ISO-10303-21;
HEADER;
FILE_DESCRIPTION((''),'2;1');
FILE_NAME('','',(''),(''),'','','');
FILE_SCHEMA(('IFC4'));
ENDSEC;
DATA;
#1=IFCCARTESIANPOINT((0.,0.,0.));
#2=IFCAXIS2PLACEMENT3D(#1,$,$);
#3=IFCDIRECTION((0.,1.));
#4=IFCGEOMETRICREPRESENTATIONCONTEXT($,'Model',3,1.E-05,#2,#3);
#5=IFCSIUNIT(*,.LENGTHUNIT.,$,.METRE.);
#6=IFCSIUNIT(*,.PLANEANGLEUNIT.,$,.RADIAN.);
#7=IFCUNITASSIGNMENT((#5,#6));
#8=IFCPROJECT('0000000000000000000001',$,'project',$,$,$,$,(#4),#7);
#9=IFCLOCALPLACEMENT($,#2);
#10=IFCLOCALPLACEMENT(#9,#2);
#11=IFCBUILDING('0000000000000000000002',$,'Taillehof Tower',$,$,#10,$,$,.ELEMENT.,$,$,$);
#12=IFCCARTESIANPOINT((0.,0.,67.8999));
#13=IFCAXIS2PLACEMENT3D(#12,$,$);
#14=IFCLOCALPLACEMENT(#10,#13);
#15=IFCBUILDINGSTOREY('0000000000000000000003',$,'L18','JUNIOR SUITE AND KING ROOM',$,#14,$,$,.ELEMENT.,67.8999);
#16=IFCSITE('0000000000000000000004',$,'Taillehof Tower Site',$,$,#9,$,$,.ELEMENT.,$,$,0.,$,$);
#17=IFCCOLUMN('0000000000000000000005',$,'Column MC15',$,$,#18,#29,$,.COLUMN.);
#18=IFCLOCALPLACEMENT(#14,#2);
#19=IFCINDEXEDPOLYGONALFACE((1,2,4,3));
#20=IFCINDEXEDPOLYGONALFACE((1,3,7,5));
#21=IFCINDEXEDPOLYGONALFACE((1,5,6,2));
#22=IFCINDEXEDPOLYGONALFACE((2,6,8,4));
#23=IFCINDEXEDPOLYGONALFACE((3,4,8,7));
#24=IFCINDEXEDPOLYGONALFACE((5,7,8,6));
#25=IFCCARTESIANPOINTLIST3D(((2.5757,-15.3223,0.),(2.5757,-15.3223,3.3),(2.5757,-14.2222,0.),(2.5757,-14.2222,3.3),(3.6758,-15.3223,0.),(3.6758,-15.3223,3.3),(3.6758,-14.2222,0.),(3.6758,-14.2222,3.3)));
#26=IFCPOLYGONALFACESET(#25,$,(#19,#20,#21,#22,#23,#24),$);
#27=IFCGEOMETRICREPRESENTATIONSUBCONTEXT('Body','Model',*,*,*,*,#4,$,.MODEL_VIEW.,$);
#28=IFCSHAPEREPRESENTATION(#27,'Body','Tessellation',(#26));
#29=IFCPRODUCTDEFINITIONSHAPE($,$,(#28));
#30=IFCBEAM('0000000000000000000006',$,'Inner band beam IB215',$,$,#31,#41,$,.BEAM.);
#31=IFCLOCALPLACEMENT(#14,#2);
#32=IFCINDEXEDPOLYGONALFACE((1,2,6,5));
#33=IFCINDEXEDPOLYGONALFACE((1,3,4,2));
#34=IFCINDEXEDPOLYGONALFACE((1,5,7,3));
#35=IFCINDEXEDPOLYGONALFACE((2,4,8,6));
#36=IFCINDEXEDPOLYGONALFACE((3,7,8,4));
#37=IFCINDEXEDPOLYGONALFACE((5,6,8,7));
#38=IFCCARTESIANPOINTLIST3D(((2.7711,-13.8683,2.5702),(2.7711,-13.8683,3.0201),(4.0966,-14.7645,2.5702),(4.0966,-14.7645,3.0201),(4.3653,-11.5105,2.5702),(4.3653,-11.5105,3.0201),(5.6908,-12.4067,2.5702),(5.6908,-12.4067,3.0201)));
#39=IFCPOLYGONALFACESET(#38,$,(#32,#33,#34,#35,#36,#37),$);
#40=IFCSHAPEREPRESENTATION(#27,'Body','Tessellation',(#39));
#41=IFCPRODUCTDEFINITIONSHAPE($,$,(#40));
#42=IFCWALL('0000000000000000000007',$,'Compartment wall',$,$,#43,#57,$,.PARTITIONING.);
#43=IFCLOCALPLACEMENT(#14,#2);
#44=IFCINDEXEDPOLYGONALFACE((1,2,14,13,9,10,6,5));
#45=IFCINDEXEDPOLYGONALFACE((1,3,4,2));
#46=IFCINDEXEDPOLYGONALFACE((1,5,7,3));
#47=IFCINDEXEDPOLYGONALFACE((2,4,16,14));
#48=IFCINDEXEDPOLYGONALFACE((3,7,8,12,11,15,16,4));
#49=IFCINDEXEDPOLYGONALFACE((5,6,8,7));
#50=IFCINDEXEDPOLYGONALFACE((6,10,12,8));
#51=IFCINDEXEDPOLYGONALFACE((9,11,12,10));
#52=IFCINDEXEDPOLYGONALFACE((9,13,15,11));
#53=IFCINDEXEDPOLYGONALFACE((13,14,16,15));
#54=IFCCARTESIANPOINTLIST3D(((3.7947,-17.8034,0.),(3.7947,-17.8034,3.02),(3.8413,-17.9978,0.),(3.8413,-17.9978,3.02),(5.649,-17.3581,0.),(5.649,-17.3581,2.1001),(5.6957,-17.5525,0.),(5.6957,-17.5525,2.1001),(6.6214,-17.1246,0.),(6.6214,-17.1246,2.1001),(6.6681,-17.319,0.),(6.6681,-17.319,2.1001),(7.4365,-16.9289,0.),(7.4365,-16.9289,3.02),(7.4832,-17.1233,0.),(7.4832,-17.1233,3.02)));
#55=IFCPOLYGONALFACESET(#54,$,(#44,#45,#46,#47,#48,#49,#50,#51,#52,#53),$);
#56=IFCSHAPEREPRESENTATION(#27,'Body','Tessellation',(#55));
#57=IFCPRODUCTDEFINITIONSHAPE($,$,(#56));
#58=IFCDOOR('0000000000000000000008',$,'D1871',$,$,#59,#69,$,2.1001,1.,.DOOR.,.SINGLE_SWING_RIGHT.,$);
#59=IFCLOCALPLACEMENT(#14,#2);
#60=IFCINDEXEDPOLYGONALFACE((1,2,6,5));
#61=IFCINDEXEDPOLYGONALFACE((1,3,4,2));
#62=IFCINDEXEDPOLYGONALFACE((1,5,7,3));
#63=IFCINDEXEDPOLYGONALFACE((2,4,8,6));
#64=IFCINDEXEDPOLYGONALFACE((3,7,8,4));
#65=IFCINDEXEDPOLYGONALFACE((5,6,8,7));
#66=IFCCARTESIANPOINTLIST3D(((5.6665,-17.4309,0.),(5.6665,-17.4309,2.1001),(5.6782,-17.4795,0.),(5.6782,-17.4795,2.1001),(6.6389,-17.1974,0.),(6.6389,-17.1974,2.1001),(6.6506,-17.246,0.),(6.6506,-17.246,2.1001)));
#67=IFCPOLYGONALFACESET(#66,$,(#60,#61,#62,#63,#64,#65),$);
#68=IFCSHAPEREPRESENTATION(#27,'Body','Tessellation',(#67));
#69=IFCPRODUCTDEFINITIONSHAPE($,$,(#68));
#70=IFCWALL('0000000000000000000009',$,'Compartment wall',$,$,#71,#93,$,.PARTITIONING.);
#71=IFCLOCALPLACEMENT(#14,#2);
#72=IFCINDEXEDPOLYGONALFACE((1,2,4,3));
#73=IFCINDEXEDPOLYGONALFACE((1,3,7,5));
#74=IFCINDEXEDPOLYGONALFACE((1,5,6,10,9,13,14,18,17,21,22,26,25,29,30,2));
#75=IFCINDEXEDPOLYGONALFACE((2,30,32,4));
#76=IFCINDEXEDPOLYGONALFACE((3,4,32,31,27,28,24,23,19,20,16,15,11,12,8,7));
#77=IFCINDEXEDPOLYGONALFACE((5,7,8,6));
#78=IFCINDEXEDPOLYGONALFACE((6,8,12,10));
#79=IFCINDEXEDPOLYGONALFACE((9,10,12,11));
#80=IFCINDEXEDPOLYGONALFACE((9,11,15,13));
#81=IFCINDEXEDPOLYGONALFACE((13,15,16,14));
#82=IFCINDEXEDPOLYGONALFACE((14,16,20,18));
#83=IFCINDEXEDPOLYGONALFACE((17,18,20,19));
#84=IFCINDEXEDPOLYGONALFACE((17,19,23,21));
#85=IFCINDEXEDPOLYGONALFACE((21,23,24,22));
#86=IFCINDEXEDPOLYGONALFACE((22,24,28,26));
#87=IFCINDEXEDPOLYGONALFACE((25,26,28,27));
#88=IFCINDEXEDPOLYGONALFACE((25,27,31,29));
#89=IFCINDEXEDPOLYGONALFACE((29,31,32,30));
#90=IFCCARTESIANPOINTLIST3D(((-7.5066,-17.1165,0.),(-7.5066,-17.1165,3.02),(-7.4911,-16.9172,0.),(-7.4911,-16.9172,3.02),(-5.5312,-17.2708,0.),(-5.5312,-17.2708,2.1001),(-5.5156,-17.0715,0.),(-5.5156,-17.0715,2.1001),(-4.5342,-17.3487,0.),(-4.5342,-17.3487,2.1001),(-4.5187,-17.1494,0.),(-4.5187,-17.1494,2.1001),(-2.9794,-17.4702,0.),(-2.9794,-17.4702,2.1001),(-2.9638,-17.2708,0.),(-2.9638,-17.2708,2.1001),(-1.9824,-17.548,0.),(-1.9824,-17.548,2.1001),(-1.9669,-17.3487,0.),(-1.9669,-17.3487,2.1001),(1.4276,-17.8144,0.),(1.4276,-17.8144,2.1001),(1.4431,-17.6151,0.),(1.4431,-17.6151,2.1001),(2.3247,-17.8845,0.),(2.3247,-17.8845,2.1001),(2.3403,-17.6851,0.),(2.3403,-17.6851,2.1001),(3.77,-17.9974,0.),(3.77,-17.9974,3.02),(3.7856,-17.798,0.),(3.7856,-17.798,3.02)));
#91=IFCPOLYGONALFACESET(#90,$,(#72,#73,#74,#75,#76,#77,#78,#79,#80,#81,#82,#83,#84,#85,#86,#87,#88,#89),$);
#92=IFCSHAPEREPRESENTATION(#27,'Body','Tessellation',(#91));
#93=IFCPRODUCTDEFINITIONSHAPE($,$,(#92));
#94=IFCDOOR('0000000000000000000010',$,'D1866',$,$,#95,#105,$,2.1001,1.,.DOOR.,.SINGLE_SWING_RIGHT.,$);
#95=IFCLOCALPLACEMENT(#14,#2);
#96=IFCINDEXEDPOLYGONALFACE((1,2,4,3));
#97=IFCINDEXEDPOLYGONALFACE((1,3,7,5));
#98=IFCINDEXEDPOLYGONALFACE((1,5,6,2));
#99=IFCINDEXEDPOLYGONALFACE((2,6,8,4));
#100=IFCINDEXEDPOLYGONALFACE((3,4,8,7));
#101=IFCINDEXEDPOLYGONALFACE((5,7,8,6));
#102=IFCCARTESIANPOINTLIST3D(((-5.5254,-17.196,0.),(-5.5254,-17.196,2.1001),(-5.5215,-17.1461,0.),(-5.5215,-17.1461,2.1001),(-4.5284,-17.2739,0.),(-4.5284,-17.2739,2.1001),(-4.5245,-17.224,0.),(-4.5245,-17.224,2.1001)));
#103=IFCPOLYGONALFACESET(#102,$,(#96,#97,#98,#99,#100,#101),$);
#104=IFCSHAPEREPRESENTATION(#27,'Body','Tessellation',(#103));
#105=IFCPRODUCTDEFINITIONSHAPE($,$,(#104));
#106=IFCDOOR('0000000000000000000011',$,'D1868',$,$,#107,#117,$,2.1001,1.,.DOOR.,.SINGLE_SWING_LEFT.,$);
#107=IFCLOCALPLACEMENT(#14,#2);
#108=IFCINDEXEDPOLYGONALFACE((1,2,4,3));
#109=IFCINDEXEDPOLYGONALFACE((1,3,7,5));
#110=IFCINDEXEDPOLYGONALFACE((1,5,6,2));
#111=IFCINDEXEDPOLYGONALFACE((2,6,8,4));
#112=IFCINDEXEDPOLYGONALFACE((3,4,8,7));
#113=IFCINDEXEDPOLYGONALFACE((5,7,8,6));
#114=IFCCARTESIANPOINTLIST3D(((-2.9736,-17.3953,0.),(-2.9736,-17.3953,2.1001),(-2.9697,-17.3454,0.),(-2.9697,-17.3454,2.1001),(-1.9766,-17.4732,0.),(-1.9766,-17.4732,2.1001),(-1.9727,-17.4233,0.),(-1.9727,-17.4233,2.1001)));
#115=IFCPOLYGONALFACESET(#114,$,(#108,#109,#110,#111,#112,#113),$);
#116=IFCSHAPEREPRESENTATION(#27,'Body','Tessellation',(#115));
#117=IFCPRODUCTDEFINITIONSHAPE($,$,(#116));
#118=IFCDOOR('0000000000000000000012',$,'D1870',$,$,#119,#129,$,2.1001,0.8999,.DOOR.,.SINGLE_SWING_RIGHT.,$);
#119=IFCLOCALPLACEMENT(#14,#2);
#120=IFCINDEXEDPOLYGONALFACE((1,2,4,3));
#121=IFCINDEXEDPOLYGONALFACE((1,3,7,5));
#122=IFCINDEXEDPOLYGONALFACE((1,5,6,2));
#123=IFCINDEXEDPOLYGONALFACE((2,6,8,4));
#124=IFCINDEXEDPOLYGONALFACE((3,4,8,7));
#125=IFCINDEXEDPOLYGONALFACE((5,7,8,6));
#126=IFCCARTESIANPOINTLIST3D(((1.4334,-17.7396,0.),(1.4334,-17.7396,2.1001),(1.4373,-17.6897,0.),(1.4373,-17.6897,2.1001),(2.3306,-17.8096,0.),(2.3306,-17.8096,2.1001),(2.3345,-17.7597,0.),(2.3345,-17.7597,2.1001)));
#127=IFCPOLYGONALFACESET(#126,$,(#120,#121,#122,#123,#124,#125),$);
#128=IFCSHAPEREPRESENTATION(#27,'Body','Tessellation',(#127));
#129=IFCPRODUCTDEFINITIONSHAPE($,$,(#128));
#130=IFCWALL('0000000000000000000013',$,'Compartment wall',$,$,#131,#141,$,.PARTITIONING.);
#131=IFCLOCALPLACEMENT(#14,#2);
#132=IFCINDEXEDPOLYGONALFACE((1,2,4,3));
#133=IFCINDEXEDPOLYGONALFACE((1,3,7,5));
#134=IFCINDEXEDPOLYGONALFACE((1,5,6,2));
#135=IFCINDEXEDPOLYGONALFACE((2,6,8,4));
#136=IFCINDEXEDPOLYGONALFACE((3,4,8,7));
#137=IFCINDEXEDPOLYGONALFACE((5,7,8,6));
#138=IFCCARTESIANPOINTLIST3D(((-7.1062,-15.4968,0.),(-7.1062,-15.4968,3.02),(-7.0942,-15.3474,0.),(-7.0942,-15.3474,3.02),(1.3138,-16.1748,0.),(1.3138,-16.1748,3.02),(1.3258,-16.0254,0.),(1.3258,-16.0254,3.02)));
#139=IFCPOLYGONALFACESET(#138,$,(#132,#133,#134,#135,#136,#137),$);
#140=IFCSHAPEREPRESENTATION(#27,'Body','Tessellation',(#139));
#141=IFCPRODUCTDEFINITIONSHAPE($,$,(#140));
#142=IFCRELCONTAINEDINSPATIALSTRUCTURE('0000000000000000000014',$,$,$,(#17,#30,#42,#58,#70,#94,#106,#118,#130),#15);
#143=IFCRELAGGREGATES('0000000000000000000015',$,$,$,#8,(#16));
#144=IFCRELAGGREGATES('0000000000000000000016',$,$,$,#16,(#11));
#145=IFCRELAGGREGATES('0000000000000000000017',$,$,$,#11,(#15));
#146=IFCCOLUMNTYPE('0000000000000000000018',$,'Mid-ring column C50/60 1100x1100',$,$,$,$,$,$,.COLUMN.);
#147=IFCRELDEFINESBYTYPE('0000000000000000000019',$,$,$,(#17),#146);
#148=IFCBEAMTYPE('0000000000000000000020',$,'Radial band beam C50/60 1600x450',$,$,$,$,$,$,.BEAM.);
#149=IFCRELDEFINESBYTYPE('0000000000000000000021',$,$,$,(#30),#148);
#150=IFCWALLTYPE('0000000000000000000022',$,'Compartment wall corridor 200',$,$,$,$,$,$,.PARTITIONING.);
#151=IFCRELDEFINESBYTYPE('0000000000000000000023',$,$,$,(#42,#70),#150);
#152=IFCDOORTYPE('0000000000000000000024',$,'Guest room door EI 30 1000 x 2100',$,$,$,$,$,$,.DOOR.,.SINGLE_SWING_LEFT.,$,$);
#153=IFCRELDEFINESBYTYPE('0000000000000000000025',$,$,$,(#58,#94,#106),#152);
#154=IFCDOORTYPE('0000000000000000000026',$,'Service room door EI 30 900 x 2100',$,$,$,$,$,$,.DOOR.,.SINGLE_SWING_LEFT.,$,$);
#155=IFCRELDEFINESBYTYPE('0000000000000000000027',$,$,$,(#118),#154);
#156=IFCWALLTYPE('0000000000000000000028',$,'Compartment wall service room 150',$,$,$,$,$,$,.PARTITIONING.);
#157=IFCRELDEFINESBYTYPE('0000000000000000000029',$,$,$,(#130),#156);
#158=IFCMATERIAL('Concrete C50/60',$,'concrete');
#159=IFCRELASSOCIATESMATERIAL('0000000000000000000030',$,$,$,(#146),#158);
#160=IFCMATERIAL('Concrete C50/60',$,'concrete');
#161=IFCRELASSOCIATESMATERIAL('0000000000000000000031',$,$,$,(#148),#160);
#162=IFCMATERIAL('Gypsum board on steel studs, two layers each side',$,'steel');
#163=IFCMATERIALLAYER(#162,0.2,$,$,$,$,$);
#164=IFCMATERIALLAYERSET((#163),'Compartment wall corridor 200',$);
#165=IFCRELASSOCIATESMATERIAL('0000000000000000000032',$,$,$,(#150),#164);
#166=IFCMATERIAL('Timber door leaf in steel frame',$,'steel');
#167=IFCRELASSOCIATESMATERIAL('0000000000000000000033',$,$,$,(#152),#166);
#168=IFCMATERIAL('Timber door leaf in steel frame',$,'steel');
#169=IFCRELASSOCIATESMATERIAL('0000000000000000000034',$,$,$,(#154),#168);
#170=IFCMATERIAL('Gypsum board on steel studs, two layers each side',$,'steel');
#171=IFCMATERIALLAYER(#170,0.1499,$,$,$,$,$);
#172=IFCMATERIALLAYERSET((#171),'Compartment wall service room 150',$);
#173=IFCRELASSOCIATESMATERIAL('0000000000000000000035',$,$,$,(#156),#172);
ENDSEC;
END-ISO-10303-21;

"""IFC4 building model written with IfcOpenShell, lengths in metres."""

from ifc_helpers import new_model, si_unit, direction, frame, frame_2d, origin, origin_2d, place, context, subcontext, project, spatial, rectangle, extrude, material, layer, layer_set, material_profile, profile_set, type_object, element, fill, save


model = new_model("IFC4")

# Units and contexts
model_context = context("Model", 3, precision=1e-05, world=origin(), true_north=direction((0.0, 1.0)))
body_context = subcontext(model_context, "Body", "Model", "MODEL_VIEW")
ifc_project = project(units=[si_unit("LENGTHUNIT", "METRE"), si_unit("PLANEANGLEUNIT", "RADIAN")], contexts=[model_context])

# Site, building, storey
site_placement = place(None, origin())
site = spatial("IfcSite", under=ifc_project, at=site_placement, Name="Taillehof Tower Site", CompositionType="ELEMENT", RefElevation=0.0)
building_placement = place(site_placement, origin())
building = spatial("IfcBuilding", under=site, at=building_placement, Name="Taillehof Tower", CompositionType="ELEMENT")
storey_placement = place(building_placement, frame((0.0, 0.0, 67.8999)))
storey = spatial("IfcBuildingStorey", under=building, at=storey_placement, Name="L18", Description="JUNIOR SUITE AND KING ROOM", CompositionType="ELEMENT", Elevation=67.8999)

# Column
ifc_material_1 = material(Name="Concrete C50/60", Category="concrete")
ifc_material_profile_1 = material_profile(ifc_material_1, rectangle(XDim=1.1001, YDim=1.1001, at=origin_2d()), Name="RC 1100x1100")
ifc_profile_set_1 = profile_set([ifc_material_profile_1], Name="Concrete C50/60")
column_type = type_object("IfcColumnType", Name="Mid-ring column C50/60 1100x1100", PredefinedType="COLUMN", material=ifc_profile_set_1)
column_placement = place(storey_placement, frame((3.1257, -14.7722, 0.0), z_axis=(0.0, 0.0, 1.0), x_axis=(1.0, 0.0, 0.0)))
element("IfcColumn", 1, at=column_placement, inside=storey, type_object=column_type, Name="Column MC15", PredefinedType="COLUMN", context=body_context, shape_type="SweptSolid", body=[
    extrude(rectangle(XDim=1.1001, YDim=1.1001, at=origin_2d()), origin(), (0.0, 0.0, 1.0), 3.3),
])

# Beam
ifc_material_2 = material(Name="Concrete C50/60", Category="concrete")
ifc_material_profile_2 = material_profile(ifc_material_2, rectangle(XDim=1.6001, YDim=0.45, at=origin_2d()), Name="RC 1600x450")
ifc_profile_set_2 = profile_set([ifc_material_profile_2], Name="Concrete C50/60")
beam_type = type_object("IfcBeamType", Name="Radial band beam C50/60 1600x450", PredefinedType="BEAM", material=ifc_profile_set_2)
beam_placement = place(storey_placement, frame((3.4338, -14.3164, 2.7952), z_axis=(0.560112, 0.828417, 0.0), x_axis=(-0.828417, 0.560112, 0.0)))
element("IfcBeam", 2, at=beam_placement, inside=storey, type_object=beam_type, Name="Inner band beam IB215", PredefinedType="BEAM", context=body_context, shape_type="SweptSolid", body=[
    extrude(rectangle(XDim=1.6001, YDim=0.45, at=origin_2d()), origin(), (0.0, 0.0, 1.0), 2.8462),
])

# Wall, opening, door
ifc_material_3 = material(Name="Gypsum board on steel studs, two layers each side", Category="steel")
ifc_layer_1 = layer(ifc_material_3, 0.2)
ifc_layer_set_1 = layer_set([ifc_layer_1], Name="Compartment wall corridor 200")
wall_type_1 = type_object("IfcWallType", Name="Compartment wall corridor 200", PredefinedType="PARTITIONING", material=ifc_layer_set_1)
wall_1_placement = place(storey_placement, frame((7.4597, -17.0261, 0.0), z_axis=(0.0, 0.0, 1.0), x_axis=(-0.972359, -0.233491, 0.0)))
wall_1 = element("IfcWall", 3, at=wall_1_placement, inside=storey, type_object=wall_type_1, Name="Compartment wall", PredefinedType="PARTITIONING", context=body_context, shape_type="SweptSolid", body=[
    extrude(rectangle(XDim=3.7454, YDim=0.2, at=frame_2d((1.8726, 0.0))), origin(), (0.0, 0.0, 1.0), 3.02),
])
opening_1_placement = place(wall_1_placement, frame((0.8381, 0.0, 0.0)))
opening_1 = element("IfcOpeningElement", 4, at=opening_1_placement, cuts=wall_1, PredefinedType="OPENING", context=body_context, shape_type="SweptSolid", body=[
    extrude(rectangle(XDim=1.0, YDim=2.1001, at=frame_2d((0.5, 1.05))), frame((0.0, 0.1099, 0.0), z_axis=(0.0, -1.0, 0.0), x_axis=(1.0, 0.0, 0.0)), (0.0, 0.0, 1.0), 0.22),
])
ifc_material_4 = material(Name="Timber door leaf in steel frame", Category="steel")
door_type_1 = type_object("IfcDoorType", Name="Guest room door EI 30 1000 x 2100", OperationType="SINGLE_SWING_LEFT", PredefinedType="DOOR", material=ifc_material_4)
door_1_placement = place(opening_1_placement, origin())
door_1 = element("IfcDoor", 5, at=door_1_placement, inside=storey, type_object=door_type_1, Name="D1871", OperationType="SINGLE_SWING_RIGHT", OverallHeight=2.1001, OverallWidth=1.0, PredefinedType="DOOR", context=body_context, shape_type="SweptSolid", body=[
    extrude(rectangle(XDim=1.0, YDim=2.1001, at=frame_2d((0.5, 1.05))), frame((0.0, 0.0249, 0.0), z_axis=(0.0, -1.0, 0.0), x_axis=(1.0, 0.0, 0.0)), (0.0, 0.0, 1.0), 0.05),
])
fill(opening_1, door_1)

# Wall, openings, doors
wall_2_placement = place(storey_placement, frame((3.7778, -17.8977, 0.0), z_axis=(0.0, 0.0, 1.0), x_axis=(-0.996963, 0.077877, 0.0)))
wall_2 = element("IfcWall", 6, at=wall_2_placement, inside=storey, type_object=wall_type_1, Name="Compartment wall", PredefinedType="PARTITIONING", context=body_context, shape_type="SweptSolid", body=[
    extrude(rectangle(XDim=11.311, YDim=0.2, at=frame_2d((5.6555, 0.0))), origin(), (0.0, 0.0, 1.0), 3.02),
])
opening_2_placement = place(wall_2_placement, frame((8.3296, 0.0, 0.0)))
opening_2 = element("IfcOpeningElement", 7, at=opening_2_placement, cuts=wall_2, PredefinedType="OPENING", context=body_context, shape_type="SweptSolid", body=[
    extrude(rectangle(XDim=1.0, YDim=2.1001, at=frame_2d((0.5, 1.05))), frame((0.0, 0.1099, 0.0), z_axis=(0.0, -1.0, 0.0), x_axis=(1.0, 0.0, 0.0)), (0.0, 0.0, 1.0), 0.22),
])
opening_3_placement = place(wall_2_placement, frame((5.77, 0.0, 0.0)))
opening_3 = element("IfcOpeningElement", 8, at=opening_3_placement, cuts=wall_2, PredefinedType="OPENING", context=body_context, shape_type="SweptSolid", body=[
    extrude(rectangle(XDim=1.0, YDim=2.1001, at=frame_2d((0.5, 1.05))), frame((0.0, 0.1099, 0.0), z_axis=(0.0, -1.0, 0.0), x_axis=(1.0, 0.0, 0.0)), (0.0, 0.0, 1.0), 0.22),
])
opening_4_placement = place(wall_2_placement, frame((1.4497, 0.0, 0.0)))
opening_4 = element("IfcOpeningElement", 9, at=opening_4_placement, cuts=wall_2, PredefinedType="OPENING", context=body_context, shape_type="SweptSolid", body=[
    extrude(rectangle(XDim=0.8999, YDim=2.1001, at=frame_2d((0.45, 1.05))), frame((0.0, 0.1099, 0.0), z_axis=(0.0, -1.0, 0.0), x_axis=(1.0, 0.0, 0.0)), (0.0, 0.0, 1.0), 0.22),
])
door_2_placement = place(opening_2_placement, origin())
door_2 = element("IfcDoor", 10, at=door_2_placement, inside=storey, type_object=door_type_1, Name="D1866", OperationType="SINGLE_SWING_RIGHT", OverallHeight=2.1001, OverallWidth=1.0, PredefinedType="DOOR", context=body_context, shape_type="SweptSolid", body=[
    extrude(rectangle(XDim=1.0, YDim=2.1001, at=frame_2d((0.5, 1.05))), frame((0.0, 0.0249, 0.0), z_axis=(0.0, -1.0, 0.0), x_axis=(1.0, 0.0, 0.0)), (0.0, 0.0, 1.0), 0.05),
])
fill(opening_2, door_2)
door_3_placement = place(opening_3_placement, origin())
door_3 = element("IfcDoor", 11, at=door_3_placement, inside=storey, type_object=door_type_1, Name="D1868", OperationType="SINGLE_SWING_LEFT", OverallHeight=2.1001, OverallWidth=1.0, PredefinedType="DOOR", context=body_context, shape_type="SweptSolid", body=[
    extrude(rectangle(XDim=1.0, YDim=2.1001, at=frame_2d((0.5, 1.05))), frame((0.0, 0.0249, 0.0), z_axis=(0.0, -1.0, 0.0), x_axis=(1.0, 0.0, 0.0)), (0.0, 0.0, 1.0), 0.05),
])
fill(opening_3, door_3)
ifc_material_5 = material(Name="Timber door leaf in steel frame", Category="steel")
door_type_2 = type_object("IfcDoorType", Name="Service room door EI 30 900 x 2100", OperationType="SINGLE_SWING_LEFT", PredefinedType="DOOR", material=ifc_material_5)
door_4_placement = place(opening_4_placement, origin())
door_4 = element("IfcDoor", 12, at=door_4_placement, inside=storey, type_object=door_type_2, Name="D1870", OperationType="SINGLE_SWING_RIGHT", OverallHeight=2.1001, OverallWidth=0.8999, PredefinedType="DOOR", context=body_context, shape_type="SweptSolid", body=[
    extrude(rectangle(XDim=0.8999, YDim=2.1001, at=frame_2d((0.45, 1.05))), frame((0.0, 0.0249, 0.0), z_axis=(0.0, -1.0, 0.0), x_axis=(1.0, 0.0, 0.0)), (0.0, 0.0, 1.0), 0.05),
])
fill(opening_4, door_4)

# Wall
ifc_material_6 = material(Name="Gypsum board on steel studs, two layers each side", Category="steel")
ifc_layer_2 = layer(ifc_material_6, 0.1499)
ifc_layer_set_2 = layer_set([ifc_layer_2], Name="Compartment wall service room 150")
wall_type_2 = type_object("IfcWallType", Name="Compartment wall service room 150", PredefinedType="PARTITIONING", material=ifc_layer_set_2)
wall_3_placement = place(storey_placement, frame((1.3198, -16.1001, 0.0), z_axis=(0.0, 0.0, 1.0), x_axis=(-0.996774, 0.080261, 0.0)))
element("IfcWall", 13, at=wall_3_placement, inside=storey, type_object=wall_type_2, Name="Compartment wall", PredefinedType="PARTITIONING", context=body_context, shape_type="SweptSolid", body=[
    extrude(rectangle(XDim=8.4473, YDim=0.1499, at=frame_2d((4.2236, 0.0))), origin(), (0.0, 0.0, 1.0), 3.02),
])

save(model, "model.ifc")
